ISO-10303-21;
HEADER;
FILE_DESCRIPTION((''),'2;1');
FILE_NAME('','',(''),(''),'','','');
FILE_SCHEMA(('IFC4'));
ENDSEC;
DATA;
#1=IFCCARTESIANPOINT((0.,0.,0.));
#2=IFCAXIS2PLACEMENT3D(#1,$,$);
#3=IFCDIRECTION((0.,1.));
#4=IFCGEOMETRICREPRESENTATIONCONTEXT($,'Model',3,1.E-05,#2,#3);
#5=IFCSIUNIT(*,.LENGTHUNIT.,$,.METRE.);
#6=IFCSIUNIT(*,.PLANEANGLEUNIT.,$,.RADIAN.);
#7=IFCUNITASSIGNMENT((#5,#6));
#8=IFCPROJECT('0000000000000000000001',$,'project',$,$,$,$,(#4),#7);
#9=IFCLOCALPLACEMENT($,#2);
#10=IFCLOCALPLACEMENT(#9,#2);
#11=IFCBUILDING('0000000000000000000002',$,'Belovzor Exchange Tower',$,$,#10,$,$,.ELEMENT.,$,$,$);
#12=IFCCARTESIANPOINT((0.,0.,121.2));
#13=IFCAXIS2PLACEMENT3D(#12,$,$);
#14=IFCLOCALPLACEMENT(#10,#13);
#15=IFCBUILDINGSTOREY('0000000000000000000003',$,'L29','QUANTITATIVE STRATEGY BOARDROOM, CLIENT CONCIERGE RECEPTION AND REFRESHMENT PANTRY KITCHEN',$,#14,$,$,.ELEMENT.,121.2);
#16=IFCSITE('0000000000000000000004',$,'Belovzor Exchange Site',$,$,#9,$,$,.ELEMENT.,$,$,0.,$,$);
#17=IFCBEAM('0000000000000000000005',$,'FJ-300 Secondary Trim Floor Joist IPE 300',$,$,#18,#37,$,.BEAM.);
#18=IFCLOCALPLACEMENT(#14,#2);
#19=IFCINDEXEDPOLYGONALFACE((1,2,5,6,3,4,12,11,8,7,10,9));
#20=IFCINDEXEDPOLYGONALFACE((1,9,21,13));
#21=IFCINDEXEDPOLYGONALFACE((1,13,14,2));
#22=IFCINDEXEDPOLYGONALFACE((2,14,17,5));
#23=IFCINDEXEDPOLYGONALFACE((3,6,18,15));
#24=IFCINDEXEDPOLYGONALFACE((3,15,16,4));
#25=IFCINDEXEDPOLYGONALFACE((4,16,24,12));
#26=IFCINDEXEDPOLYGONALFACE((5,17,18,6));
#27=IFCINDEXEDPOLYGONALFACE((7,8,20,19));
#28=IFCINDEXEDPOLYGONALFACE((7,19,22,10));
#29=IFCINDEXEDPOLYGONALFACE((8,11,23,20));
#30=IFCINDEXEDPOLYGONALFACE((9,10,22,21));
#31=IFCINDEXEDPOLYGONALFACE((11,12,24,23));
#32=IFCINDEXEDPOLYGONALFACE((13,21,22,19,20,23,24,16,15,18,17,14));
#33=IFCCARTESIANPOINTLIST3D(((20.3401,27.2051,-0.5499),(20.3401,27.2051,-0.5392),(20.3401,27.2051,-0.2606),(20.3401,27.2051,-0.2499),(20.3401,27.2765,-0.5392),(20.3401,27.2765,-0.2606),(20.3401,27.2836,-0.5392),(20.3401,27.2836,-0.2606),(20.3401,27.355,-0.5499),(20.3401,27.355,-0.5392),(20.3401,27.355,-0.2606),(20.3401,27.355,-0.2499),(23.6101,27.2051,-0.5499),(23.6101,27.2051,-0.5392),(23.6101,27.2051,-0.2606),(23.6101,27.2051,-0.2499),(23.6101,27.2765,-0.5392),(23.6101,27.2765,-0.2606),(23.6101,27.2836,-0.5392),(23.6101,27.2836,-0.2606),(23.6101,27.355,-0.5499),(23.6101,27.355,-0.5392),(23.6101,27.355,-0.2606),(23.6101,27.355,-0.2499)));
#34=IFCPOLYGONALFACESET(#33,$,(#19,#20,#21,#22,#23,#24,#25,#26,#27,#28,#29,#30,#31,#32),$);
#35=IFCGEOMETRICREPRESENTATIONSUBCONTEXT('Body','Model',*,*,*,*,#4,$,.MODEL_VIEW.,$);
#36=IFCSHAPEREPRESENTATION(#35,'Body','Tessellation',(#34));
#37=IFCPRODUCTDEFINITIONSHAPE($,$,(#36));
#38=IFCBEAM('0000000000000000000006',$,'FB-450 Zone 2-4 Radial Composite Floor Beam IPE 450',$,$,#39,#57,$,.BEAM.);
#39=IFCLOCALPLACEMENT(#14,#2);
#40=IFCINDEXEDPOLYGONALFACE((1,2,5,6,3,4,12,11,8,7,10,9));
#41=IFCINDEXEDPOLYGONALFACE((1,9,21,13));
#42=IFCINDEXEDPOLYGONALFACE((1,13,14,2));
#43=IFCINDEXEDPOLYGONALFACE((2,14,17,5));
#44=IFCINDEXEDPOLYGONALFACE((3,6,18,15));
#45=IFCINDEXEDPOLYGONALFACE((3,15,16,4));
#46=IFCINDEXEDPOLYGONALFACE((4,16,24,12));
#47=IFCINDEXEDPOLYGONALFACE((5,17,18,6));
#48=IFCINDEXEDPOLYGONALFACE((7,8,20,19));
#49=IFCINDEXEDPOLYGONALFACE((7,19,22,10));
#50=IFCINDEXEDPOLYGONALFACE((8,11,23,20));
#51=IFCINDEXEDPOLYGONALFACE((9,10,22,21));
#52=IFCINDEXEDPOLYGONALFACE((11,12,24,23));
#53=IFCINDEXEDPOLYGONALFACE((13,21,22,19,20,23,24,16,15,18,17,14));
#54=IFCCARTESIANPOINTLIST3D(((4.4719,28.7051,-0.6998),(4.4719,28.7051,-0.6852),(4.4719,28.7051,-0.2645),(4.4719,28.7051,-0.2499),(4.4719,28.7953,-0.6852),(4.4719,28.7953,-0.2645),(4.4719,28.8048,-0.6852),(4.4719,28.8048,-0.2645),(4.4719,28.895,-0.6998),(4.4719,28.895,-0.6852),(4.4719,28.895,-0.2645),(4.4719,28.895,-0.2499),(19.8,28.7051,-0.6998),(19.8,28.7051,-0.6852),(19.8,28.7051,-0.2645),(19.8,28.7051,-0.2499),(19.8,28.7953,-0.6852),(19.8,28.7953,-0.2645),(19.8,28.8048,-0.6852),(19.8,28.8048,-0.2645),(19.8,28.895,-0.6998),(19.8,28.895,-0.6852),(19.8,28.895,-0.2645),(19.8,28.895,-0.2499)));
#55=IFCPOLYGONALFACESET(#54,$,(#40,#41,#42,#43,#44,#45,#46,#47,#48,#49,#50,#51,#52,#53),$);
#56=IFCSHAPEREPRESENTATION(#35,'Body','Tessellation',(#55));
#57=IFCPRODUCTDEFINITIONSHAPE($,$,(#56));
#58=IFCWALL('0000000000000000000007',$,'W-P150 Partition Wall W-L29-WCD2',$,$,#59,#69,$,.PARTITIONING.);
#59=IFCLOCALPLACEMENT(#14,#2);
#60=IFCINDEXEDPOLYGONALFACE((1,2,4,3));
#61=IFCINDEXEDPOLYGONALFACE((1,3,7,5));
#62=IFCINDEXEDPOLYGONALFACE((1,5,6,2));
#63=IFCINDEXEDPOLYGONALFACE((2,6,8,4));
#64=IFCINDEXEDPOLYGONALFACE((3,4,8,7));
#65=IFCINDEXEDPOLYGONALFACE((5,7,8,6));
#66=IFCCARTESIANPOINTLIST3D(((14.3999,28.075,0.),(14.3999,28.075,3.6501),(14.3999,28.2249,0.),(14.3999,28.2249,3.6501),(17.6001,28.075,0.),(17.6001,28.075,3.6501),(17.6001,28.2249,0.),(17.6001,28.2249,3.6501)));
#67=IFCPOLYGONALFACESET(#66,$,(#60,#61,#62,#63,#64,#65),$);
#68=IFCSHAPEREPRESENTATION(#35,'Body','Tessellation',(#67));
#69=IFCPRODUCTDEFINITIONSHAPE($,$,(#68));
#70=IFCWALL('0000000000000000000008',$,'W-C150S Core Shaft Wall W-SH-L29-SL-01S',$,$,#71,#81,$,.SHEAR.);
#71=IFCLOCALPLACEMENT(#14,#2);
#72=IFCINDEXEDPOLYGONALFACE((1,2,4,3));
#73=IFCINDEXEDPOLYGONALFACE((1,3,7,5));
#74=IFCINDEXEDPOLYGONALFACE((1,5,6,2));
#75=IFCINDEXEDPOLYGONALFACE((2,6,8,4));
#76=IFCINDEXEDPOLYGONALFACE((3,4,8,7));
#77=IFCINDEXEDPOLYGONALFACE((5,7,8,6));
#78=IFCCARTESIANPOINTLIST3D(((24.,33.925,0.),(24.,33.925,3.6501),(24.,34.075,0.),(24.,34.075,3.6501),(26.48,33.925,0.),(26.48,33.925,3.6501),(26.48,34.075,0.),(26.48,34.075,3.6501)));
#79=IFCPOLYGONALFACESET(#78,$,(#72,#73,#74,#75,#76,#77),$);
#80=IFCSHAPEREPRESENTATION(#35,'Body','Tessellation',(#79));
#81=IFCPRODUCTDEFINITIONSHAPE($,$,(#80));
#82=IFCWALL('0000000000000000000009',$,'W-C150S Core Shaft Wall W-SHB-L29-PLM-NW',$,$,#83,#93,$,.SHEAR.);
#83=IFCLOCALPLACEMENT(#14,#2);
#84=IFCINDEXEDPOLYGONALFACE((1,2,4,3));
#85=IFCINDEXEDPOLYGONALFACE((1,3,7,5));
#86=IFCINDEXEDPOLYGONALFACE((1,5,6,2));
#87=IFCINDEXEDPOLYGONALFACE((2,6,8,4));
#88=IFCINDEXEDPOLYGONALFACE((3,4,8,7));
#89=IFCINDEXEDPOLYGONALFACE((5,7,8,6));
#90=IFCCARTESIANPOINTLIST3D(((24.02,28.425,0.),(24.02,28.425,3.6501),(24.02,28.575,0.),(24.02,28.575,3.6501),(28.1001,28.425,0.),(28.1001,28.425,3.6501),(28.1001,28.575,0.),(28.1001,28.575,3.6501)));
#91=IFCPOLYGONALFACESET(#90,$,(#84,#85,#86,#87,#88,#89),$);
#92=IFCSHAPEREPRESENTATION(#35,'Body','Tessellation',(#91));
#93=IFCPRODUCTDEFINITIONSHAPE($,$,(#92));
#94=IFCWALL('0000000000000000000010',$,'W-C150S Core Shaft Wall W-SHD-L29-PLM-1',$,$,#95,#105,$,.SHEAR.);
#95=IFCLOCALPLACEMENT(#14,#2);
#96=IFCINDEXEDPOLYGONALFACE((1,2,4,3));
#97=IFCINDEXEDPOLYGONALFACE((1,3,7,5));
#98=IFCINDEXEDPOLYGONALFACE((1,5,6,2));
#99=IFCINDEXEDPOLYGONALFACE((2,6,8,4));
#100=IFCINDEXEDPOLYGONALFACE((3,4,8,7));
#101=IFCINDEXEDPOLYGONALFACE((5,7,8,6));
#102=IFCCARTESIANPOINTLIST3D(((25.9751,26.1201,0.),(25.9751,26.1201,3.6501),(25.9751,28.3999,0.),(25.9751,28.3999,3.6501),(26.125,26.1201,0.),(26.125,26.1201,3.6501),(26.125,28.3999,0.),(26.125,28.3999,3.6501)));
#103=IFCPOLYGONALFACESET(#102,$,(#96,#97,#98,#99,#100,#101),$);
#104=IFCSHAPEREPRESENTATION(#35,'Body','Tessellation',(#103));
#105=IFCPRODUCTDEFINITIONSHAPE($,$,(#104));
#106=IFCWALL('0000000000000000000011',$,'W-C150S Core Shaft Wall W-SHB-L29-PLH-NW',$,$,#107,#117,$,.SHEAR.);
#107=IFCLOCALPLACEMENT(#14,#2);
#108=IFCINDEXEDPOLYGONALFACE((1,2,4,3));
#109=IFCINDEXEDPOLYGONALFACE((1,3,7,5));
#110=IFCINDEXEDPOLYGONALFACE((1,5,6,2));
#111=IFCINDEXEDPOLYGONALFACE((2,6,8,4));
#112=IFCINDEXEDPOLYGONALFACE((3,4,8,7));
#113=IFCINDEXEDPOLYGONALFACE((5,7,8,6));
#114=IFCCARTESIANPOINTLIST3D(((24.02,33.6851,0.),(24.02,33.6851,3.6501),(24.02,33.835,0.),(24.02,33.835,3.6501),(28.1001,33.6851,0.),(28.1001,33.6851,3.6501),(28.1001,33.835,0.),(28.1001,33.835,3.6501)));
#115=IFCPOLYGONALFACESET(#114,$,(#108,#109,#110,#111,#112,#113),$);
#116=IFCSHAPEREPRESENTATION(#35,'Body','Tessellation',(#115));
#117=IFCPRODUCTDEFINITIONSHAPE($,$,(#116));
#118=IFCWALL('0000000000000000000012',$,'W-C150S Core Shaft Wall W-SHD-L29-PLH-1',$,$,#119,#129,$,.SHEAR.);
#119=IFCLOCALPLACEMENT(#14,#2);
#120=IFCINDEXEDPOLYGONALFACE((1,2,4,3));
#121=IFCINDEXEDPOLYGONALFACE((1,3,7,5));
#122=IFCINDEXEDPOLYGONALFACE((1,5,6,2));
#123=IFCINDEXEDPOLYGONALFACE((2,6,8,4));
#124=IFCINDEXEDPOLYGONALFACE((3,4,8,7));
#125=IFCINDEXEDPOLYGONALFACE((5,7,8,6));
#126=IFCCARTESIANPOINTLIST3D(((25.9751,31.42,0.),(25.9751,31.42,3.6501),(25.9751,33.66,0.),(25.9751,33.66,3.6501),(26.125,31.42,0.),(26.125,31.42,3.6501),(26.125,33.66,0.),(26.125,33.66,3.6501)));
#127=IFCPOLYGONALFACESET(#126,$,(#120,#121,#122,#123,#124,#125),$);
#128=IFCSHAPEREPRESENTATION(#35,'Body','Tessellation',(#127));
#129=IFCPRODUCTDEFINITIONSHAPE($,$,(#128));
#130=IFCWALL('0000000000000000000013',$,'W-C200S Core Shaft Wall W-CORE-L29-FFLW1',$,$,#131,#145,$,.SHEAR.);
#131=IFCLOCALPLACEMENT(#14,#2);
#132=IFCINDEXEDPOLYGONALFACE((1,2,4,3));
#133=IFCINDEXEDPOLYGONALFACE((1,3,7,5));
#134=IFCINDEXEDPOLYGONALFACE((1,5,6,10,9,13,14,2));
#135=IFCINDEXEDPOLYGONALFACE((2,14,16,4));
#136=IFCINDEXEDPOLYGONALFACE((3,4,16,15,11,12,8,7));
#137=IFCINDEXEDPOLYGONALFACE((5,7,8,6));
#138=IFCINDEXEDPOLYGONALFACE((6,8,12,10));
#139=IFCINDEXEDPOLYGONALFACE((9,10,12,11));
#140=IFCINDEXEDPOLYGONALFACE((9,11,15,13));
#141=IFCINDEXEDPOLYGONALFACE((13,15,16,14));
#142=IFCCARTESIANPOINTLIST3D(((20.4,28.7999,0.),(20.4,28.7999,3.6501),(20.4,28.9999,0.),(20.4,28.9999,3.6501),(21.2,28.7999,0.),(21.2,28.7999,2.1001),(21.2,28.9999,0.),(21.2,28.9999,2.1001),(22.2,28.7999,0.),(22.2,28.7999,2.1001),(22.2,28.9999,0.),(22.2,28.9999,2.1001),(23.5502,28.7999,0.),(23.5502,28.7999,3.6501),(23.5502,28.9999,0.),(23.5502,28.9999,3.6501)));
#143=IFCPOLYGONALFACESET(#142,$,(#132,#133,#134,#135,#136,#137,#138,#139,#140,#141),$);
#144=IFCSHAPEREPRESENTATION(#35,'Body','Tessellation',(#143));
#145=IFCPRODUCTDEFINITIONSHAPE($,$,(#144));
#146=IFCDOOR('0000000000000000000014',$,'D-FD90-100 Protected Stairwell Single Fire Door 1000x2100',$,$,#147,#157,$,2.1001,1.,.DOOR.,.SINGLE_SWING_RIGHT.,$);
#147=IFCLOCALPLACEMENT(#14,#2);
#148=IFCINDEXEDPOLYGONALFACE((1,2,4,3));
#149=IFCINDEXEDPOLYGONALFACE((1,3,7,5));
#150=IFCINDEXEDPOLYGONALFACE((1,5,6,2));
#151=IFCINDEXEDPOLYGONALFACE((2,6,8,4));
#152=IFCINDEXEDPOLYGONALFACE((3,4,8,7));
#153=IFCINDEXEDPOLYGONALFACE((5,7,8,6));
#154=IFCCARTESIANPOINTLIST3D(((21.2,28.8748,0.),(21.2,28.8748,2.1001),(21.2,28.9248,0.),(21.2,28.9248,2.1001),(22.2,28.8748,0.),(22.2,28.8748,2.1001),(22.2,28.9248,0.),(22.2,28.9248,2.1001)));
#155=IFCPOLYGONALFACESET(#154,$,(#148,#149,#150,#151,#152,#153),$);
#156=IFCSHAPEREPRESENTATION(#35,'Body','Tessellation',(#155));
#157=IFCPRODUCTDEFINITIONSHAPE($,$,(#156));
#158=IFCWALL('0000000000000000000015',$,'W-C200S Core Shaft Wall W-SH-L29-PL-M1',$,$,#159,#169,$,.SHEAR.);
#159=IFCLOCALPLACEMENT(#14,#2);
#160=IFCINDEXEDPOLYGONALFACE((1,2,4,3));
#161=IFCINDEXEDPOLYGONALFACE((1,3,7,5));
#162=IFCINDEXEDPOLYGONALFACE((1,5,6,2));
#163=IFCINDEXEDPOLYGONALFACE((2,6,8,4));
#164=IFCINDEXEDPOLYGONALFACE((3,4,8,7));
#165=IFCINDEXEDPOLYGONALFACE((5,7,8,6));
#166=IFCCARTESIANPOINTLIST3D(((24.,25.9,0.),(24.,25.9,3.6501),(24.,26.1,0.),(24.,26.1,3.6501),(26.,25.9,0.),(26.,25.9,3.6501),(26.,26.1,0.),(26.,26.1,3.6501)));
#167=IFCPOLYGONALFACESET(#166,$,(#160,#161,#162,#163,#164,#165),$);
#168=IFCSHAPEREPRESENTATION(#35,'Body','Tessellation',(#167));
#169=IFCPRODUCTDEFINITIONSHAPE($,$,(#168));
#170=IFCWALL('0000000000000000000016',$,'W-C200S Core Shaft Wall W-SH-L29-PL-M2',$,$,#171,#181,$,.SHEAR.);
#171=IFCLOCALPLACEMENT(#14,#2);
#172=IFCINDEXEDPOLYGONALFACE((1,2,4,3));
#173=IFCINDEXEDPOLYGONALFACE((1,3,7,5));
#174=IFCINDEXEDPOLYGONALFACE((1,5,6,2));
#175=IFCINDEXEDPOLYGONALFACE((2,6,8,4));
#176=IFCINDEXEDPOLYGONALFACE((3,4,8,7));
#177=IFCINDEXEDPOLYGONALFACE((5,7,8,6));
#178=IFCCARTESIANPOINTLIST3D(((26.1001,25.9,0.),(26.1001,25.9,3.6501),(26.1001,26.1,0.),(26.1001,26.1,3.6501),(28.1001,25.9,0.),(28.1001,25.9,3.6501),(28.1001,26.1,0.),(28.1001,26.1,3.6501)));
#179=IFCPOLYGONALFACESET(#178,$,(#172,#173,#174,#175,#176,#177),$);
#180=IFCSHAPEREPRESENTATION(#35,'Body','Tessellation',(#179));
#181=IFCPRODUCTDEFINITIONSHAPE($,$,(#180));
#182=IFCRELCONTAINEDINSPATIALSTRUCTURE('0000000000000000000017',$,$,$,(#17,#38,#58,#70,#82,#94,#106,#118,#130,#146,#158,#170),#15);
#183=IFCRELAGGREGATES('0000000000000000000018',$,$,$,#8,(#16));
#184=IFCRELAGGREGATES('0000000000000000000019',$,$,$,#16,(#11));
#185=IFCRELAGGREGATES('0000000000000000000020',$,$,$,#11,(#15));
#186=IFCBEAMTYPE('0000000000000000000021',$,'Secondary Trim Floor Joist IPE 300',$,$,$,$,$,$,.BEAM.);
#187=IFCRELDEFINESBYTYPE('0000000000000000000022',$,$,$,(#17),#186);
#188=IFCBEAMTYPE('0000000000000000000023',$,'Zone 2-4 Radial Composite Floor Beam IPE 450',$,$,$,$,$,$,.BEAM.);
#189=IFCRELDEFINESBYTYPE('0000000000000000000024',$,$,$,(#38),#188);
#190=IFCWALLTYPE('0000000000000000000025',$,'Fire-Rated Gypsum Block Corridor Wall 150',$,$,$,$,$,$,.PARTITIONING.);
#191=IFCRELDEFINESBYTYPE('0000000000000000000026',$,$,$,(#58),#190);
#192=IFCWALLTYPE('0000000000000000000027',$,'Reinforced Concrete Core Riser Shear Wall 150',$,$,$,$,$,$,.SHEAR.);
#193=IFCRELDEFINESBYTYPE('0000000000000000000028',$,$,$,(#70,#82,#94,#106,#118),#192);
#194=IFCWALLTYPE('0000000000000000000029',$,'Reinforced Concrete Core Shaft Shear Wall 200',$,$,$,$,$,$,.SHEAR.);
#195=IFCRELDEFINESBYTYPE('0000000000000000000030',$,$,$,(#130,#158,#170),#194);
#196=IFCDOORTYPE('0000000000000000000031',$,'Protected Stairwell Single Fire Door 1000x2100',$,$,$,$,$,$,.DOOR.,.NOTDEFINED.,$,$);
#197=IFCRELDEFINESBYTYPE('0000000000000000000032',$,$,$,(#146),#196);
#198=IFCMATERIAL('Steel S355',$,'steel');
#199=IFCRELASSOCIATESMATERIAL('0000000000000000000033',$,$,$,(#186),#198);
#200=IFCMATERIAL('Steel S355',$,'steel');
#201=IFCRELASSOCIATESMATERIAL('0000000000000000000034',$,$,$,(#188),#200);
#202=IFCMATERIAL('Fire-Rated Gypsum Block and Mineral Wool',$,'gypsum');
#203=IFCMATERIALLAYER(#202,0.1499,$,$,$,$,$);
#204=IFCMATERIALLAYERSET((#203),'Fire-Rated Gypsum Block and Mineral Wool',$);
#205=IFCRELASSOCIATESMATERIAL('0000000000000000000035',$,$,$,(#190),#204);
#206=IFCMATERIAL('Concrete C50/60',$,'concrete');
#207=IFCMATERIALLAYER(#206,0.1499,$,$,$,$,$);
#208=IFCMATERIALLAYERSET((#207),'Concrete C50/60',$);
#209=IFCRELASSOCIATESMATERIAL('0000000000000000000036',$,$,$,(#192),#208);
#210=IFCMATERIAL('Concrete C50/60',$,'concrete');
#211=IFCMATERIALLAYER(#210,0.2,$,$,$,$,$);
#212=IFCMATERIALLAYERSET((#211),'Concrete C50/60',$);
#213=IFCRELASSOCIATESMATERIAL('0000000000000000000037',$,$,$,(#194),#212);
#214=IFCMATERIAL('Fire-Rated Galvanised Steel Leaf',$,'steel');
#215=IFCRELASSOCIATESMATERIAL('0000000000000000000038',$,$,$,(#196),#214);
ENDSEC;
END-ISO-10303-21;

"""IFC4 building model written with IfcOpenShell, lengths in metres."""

from ifc_helpers import new_model, si_unit, direction, frame, frame_2d, origin, origin_2d, place, context, subcontext, project, spatial, rectangle, i_section, extrude, material, layer, layer_set, material_profile, profile_set, type_object, element, fill, save


model = new_model("IFC4")

# Units and contexts
model_context = context("Model", 3, precision=1e-05, world=origin(), true_north=direction((0.0, 1.0)))
body_context = subcontext(model_context, "Body", "Model", "MODEL_VIEW")
ifc_project = project(units=[si_unit("LENGTHUNIT", "METRE"), si_unit("PLANEANGLEUNIT", "RADIAN")], contexts=[model_context])

# Site, building, storey
site_placement = place(None, origin())
site = spatial("IfcSite", under=ifc_project, at=site_placement, Name="Belovzor Exchange Site", CompositionType="ELEMENT", RefElevation=0.0)
building_placement = place(site_placement, origin())
building = spatial("IfcBuilding", under=site, at=building_placement, Name="Belovzor Exchange Tower", CompositionType="ELEMENT")
storey_placement = place(building_placement, frame((0.0, 0.0, 121.2)))
storey = spatial("IfcBuildingStorey", under=building, at=storey_placement, Name="L29", Description="QUANTITATIVE STRATEGY BOARDROOM, CLIENT CONCIERGE RECEPTION AND REFRESHMENT PANTRY KITCHEN", CompositionType="ELEMENT", Elevation=121.2)

# Beams
ifc_material_1 = material(Name="Steel S355", Category="steel")
ifc_material_profile_1 = material_profile(ifc_material_1, i_section(OverallWidth=0.1499, OverallDepth=0.3, WebThickness=0.0071, FlangeThickness=0.0107, at=origin_2d()))
ifc_profile_set_1 = profile_set([ifc_material_profile_1], Name="Steel S355")
beam_type_1 = type_object("IfcBeamType", Name="Secondary Trim Floor Joist IPE 300", PredefinedType="BEAM", material=ifc_profile_set_1)
beam_1_placement = place(storey_placement, frame((20.3401, 27.28, -0.3999), z_axis=(1.0, 0.0, 0.0), x_axis=(0.0, 1.0, 0.0)))
element("IfcBeam", 1, at=beam_1_placement, inside=storey, type_object=beam_type_1, Name="FJ-300 Secondary Trim Floor Joist IPE 300", PredefinedType="BEAM", context=body_context, shape_type="SweptSolid", body=[
    extrude(i_section(OverallWidth=0.1499, OverallDepth=0.3, WebThickness=0.0071, FlangeThickness=0.0107, at=origin_2d()), origin(), (0.0, 0.0, 1.0), 3.27),
])
ifc_material_2 = material(Name="Steel S355", Category="steel")
ifc_material_profile_2 = material_profile(ifc_material_2, i_section(OverallWidth=0.1899, OverallDepth=0.45, WebThickness=0.0095, FlangeThickness=0.0146, at=origin_2d()))
ifc_profile_set_2 = profile_set([ifc_material_profile_2], Name="Steel S355")
beam_type_2 = type_object("IfcBeamType", Name="Zone 2-4 Radial Composite Floor Beam IPE 450", PredefinedType="BEAM", material=ifc_profile_set_2)
beam_2_placement = place(storey_placement, frame((19.8, 28.8, -0.4749), z_axis=(-1.0, 0.0, 0.0), x_axis=(0.0, -1.0, 0.0)))
element("IfcBeam", 2, at=beam_2_placement, inside=storey, type_object=beam_type_2, Name="FB-450 Zone 2-4 Radial Composite Floor Beam IPE 450", PredefinedType="BEAM", context=body_context, shape_type="SweptSolid", body=[
    extrude(i_section(OverallWidth=0.1899, OverallDepth=0.45, WebThickness=0.0095, FlangeThickness=0.0146, at=origin_2d()), origin(), (0.0, 0.0, 1.0), 15.3281),
])

# Walls
ifc_material_3 = material(Name="Fire-Rated Gypsum Block and Mineral Wool", Category="gypsum")
ifc_layer_1 = layer(ifc_material_3, 0.1499)
ifc_layer_set_1 = layer_set([ifc_layer_1], Name="Fire-Rated Gypsum Block and Mineral Wool")
wall_type_1 = type_object("IfcWallType", Name="Fire-Rated Gypsum Block Corridor Wall 150", PredefinedType="PARTITIONING", material=ifc_layer_set_1)
wall_1_placement = place(storey_placement, frame((14.3999, 28.1499, 0.0), z_axis=(0.0, 0.0, 1.0), x_axis=(1.0, 0.0, 0.0)))
element("IfcWall", 3, at=wall_1_placement, inside=storey, type_object=wall_type_1, Name="W-P150 Partition Wall W-L29-WCD2", PredefinedType="PARTITIONING", context=body_context, shape_type="SweptSolid", body=[
    extrude(rectangle(XDim=3.2002, YDim=0.1499, at=frame_2d((1.6001, 0.0))), origin(), (0.0, 0.0, 1.0), 3.6501),
])
ifc_material_4 = material(Name="Concrete C50/60", Category="concrete")
ifc_layer_2 = layer(ifc_material_4, 0.1499)
ifc_layer_set_2 = layer_set([ifc_layer_2], Name="Concrete C50/60")
wall_type_2 = type_object("IfcWallType", Name="Reinforced Concrete Core Riser Shear Wall 150", PredefinedType="SHEAR", material=ifc_layer_set_2)
wall_2_placement = place(storey_placement, frame((24.0, 34.0, 0.0), z_axis=(0.0, 0.0, 1.0), x_axis=(1.0, 0.0, 0.0)))
element("IfcWall", 4, at=wall_2_placement, inside=storey, type_object=wall_type_2, Name="W-C150S Core Shaft Wall W-SH-L29-SL-01S", PredefinedType="SHEAR", context=body_context, shape_type="SweptSolid", body=[
    extrude(rectangle(XDim=2.48, YDim=0.1499, at=frame_2d((1.24, 0.0))), origin(), (0.0, 0.0, 1.0), 3.6501),
])
wall_3_placement = place(storey_placement, frame((24.02, 28.5, 0.0), z_axis=(0.0, 0.0, 1.0), x_axis=(1.0, 0.0, 0.0)))
element("IfcWall", 5, at=wall_3_placement, inside=storey, type_object=wall_type_2, Name="W-C150S Core Shaft Wall W-SHB-L29-PLM-NW", PredefinedType="SHEAR", context=body_context, shape_type="SweptSolid", body=[
    extrude(rectangle(XDim=4.0801, YDim=0.1499, at=frame_2d((2.04, 0.0))), origin(), (0.0, 0.0, 1.0), 3.6501),
])
wall_4_placement = place(storey_placement, frame((26.05, 26.1201, 0.0), z_axis=(0.0, 0.0, 1.0), x_axis=(0.0, 1.0, 0.0)))
element("IfcWall", 6, at=wall_4_placement, inside=storey, type_object=wall_type_2, Name="W-C150S Core Shaft Wall W-SHD-L29-PLM-1", PredefinedType="SHEAR", context=body_context, shape_type="SweptSolid", body=[
    extrude(rectangle(XDim=2.2798, YDim=0.1499, at=frame_2d((1.1399, 0.0))), origin(), (0.0, 0.0, 1.0), 3.6501),
])
wall_5_placement = place(storey_placement, frame((24.02, 33.76, 0.0), z_axis=(0.0, 0.0, 1.0), x_axis=(1.0, 0.0, 0.0)))
element("IfcWall", 7, at=wall_5_placement, inside=storey, type_object=wall_type_2, Name="W-C150S Core Shaft Wall W-SHB-L29-PLH-NW", PredefinedType="SHEAR", context=body_context, shape_type="SweptSolid", body=[
    extrude(rectangle(XDim=4.0801, YDim=0.1499, at=frame_2d((2.04, 0.0))), origin(), (0.0, 0.0, 1.0), 3.6501),
])
wall_6_placement = place(storey_placement, frame((26.05, 31.4199, 0.0), z_axis=(0.0, 0.0, 1.0), x_axis=(0.0, 1.0, 0.0)))
element("IfcWall", 8, at=wall_6_placement, inside=storey, type_object=wall_type_2, Name="W-C150S Core Shaft Wall W-SHD-L29-PLH-1", PredefinedType="SHEAR", context=body_context, shape_type="SweptSolid", body=[
    extrude(rectangle(XDim=2.24, YDim=0.1499, at=frame_2d((1.1201, 0.0))), origin(), (0.0, 0.0, 1.0), 3.6501),
])

# Wall, opening, door
ifc_material_5 = material(Name="Concrete C50/60", Category="concrete")
ifc_layer_3 = layer(ifc_material_5, 0.2)
ifc_layer_set_3 = layer_set([ifc_layer_3], Name="Concrete C50/60")
wall_type_3 = type_object("IfcWallType", Name="Reinforced Concrete Core Shaft Shear Wall 200", PredefinedType="SHEAR", material=ifc_layer_set_3)
wall_7_placement = place(storey_placement, frame((20.3999, 28.8999, 0.0), z_axis=(0.0, 0.0, 1.0), x_axis=(1.0, 0.0, 0.0)))
wall_7 = element("IfcWall", 9, at=wall_7_placement, inside=storey, type_object=wall_type_3, Name="W-C200S Core Shaft Wall W-CORE-L29-FFLW1", PredefinedType="SHEAR", context=body_context, shape_type="SweptSolid", body=[
    extrude(rectangle(XDim=3.1501, YDim=0.2, at=frame_2d((1.5752, 0.0))), origin(), (0.0, 0.0, 1.0), 3.6501),
])
opening_1_placement = place(wall_7_placement, frame((0.8, 0.0, 0.0)))
opening_1 = element("IfcOpeningElement", 10, at=opening_1_placement, cuts=wall_7, PredefinedType="OPENING", context=body_context, shape_type="SweptSolid", body=[
    extrude(rectangle(XDim=1.0, YDim=2.1001, at=frame_2d((0.5, 1.05))), frame((0.0, 0.1099, 0.0), z_axis=(0.0, -1.0, 0.0), x_axis=(1.0, 0.0, 0.0)), (0.0, 0.0, 1.0), 0.22),
])
ifc_material_6 = material(Name="Fire-Rated Galvanised Steel Leaf", Category="steel")
door_type_1 = type_object("IfcDoorType", Name="Protected Stairwell Single Fire Door 1000x2100", OperationType="NOTDEFINED", PredefinedType="DOOR", material=ifc_material_6)
door_1_placement = place(opening_1_placement, origin())
door_1 = element("IfcDoor", 11, at=door_1_placement, inside=storey, type_object=door_type_1, Name="D-FD90-100 Protected Stairwell Single Fire Door 1000x2100", OperationType="SINGLE_SWING_RIGHT", OverallHeight=2.1001, OverallWidth=1.0, PredefinedType="DOOR", context=body_context, shape_type="SweptSolid", body=[
    extrude(rectangle(XDim=1.0, YDim=2.1001, at=frame_2d((0.5, 1.05))), frame((0.0, 0.0249, 0.0), z_axis=(0.0, -1.0, 0.0), x_axis=(1.0, 0.0, 0.0)), (0.0, 0.0, 1.0), 0.05),
])
fill(opening_1, door_1)

# Walls
for number, where, z_axis, x_axis, name in (
    (12, (24.0, 26.0, 0.0), (0.0, 0.0, 1.0), (1.0, 0.0, 0.0), "W-C200S Core Shaft Wall W-SH-L29-PL-M1"),
    (13, (26.1001, 26.0, 0.0), (0.0, 0.0, 1.0), (1.0, 0.0, 0.0), "W-C200S Core Shaft Wall W-SH-L29-PL-M2"),
):
    element("IfcWall", number, at=place(storey_placement, frame(where, z_axis=z_axis, x_axis=x_axis)), inside=storey, type_object=wall_type_3, Name=name, PredefinedType="SHEAR", context=body_context, shape_type="SweptSolid", body=[
        extrude(rectangle(XDim=2.0, YDim=0.2, at=frame_2d((1.0, 0.0))), origin(), (0.0, 0.0, 1.0), 3.6501),
    ])

save(model, "model.ifc")
